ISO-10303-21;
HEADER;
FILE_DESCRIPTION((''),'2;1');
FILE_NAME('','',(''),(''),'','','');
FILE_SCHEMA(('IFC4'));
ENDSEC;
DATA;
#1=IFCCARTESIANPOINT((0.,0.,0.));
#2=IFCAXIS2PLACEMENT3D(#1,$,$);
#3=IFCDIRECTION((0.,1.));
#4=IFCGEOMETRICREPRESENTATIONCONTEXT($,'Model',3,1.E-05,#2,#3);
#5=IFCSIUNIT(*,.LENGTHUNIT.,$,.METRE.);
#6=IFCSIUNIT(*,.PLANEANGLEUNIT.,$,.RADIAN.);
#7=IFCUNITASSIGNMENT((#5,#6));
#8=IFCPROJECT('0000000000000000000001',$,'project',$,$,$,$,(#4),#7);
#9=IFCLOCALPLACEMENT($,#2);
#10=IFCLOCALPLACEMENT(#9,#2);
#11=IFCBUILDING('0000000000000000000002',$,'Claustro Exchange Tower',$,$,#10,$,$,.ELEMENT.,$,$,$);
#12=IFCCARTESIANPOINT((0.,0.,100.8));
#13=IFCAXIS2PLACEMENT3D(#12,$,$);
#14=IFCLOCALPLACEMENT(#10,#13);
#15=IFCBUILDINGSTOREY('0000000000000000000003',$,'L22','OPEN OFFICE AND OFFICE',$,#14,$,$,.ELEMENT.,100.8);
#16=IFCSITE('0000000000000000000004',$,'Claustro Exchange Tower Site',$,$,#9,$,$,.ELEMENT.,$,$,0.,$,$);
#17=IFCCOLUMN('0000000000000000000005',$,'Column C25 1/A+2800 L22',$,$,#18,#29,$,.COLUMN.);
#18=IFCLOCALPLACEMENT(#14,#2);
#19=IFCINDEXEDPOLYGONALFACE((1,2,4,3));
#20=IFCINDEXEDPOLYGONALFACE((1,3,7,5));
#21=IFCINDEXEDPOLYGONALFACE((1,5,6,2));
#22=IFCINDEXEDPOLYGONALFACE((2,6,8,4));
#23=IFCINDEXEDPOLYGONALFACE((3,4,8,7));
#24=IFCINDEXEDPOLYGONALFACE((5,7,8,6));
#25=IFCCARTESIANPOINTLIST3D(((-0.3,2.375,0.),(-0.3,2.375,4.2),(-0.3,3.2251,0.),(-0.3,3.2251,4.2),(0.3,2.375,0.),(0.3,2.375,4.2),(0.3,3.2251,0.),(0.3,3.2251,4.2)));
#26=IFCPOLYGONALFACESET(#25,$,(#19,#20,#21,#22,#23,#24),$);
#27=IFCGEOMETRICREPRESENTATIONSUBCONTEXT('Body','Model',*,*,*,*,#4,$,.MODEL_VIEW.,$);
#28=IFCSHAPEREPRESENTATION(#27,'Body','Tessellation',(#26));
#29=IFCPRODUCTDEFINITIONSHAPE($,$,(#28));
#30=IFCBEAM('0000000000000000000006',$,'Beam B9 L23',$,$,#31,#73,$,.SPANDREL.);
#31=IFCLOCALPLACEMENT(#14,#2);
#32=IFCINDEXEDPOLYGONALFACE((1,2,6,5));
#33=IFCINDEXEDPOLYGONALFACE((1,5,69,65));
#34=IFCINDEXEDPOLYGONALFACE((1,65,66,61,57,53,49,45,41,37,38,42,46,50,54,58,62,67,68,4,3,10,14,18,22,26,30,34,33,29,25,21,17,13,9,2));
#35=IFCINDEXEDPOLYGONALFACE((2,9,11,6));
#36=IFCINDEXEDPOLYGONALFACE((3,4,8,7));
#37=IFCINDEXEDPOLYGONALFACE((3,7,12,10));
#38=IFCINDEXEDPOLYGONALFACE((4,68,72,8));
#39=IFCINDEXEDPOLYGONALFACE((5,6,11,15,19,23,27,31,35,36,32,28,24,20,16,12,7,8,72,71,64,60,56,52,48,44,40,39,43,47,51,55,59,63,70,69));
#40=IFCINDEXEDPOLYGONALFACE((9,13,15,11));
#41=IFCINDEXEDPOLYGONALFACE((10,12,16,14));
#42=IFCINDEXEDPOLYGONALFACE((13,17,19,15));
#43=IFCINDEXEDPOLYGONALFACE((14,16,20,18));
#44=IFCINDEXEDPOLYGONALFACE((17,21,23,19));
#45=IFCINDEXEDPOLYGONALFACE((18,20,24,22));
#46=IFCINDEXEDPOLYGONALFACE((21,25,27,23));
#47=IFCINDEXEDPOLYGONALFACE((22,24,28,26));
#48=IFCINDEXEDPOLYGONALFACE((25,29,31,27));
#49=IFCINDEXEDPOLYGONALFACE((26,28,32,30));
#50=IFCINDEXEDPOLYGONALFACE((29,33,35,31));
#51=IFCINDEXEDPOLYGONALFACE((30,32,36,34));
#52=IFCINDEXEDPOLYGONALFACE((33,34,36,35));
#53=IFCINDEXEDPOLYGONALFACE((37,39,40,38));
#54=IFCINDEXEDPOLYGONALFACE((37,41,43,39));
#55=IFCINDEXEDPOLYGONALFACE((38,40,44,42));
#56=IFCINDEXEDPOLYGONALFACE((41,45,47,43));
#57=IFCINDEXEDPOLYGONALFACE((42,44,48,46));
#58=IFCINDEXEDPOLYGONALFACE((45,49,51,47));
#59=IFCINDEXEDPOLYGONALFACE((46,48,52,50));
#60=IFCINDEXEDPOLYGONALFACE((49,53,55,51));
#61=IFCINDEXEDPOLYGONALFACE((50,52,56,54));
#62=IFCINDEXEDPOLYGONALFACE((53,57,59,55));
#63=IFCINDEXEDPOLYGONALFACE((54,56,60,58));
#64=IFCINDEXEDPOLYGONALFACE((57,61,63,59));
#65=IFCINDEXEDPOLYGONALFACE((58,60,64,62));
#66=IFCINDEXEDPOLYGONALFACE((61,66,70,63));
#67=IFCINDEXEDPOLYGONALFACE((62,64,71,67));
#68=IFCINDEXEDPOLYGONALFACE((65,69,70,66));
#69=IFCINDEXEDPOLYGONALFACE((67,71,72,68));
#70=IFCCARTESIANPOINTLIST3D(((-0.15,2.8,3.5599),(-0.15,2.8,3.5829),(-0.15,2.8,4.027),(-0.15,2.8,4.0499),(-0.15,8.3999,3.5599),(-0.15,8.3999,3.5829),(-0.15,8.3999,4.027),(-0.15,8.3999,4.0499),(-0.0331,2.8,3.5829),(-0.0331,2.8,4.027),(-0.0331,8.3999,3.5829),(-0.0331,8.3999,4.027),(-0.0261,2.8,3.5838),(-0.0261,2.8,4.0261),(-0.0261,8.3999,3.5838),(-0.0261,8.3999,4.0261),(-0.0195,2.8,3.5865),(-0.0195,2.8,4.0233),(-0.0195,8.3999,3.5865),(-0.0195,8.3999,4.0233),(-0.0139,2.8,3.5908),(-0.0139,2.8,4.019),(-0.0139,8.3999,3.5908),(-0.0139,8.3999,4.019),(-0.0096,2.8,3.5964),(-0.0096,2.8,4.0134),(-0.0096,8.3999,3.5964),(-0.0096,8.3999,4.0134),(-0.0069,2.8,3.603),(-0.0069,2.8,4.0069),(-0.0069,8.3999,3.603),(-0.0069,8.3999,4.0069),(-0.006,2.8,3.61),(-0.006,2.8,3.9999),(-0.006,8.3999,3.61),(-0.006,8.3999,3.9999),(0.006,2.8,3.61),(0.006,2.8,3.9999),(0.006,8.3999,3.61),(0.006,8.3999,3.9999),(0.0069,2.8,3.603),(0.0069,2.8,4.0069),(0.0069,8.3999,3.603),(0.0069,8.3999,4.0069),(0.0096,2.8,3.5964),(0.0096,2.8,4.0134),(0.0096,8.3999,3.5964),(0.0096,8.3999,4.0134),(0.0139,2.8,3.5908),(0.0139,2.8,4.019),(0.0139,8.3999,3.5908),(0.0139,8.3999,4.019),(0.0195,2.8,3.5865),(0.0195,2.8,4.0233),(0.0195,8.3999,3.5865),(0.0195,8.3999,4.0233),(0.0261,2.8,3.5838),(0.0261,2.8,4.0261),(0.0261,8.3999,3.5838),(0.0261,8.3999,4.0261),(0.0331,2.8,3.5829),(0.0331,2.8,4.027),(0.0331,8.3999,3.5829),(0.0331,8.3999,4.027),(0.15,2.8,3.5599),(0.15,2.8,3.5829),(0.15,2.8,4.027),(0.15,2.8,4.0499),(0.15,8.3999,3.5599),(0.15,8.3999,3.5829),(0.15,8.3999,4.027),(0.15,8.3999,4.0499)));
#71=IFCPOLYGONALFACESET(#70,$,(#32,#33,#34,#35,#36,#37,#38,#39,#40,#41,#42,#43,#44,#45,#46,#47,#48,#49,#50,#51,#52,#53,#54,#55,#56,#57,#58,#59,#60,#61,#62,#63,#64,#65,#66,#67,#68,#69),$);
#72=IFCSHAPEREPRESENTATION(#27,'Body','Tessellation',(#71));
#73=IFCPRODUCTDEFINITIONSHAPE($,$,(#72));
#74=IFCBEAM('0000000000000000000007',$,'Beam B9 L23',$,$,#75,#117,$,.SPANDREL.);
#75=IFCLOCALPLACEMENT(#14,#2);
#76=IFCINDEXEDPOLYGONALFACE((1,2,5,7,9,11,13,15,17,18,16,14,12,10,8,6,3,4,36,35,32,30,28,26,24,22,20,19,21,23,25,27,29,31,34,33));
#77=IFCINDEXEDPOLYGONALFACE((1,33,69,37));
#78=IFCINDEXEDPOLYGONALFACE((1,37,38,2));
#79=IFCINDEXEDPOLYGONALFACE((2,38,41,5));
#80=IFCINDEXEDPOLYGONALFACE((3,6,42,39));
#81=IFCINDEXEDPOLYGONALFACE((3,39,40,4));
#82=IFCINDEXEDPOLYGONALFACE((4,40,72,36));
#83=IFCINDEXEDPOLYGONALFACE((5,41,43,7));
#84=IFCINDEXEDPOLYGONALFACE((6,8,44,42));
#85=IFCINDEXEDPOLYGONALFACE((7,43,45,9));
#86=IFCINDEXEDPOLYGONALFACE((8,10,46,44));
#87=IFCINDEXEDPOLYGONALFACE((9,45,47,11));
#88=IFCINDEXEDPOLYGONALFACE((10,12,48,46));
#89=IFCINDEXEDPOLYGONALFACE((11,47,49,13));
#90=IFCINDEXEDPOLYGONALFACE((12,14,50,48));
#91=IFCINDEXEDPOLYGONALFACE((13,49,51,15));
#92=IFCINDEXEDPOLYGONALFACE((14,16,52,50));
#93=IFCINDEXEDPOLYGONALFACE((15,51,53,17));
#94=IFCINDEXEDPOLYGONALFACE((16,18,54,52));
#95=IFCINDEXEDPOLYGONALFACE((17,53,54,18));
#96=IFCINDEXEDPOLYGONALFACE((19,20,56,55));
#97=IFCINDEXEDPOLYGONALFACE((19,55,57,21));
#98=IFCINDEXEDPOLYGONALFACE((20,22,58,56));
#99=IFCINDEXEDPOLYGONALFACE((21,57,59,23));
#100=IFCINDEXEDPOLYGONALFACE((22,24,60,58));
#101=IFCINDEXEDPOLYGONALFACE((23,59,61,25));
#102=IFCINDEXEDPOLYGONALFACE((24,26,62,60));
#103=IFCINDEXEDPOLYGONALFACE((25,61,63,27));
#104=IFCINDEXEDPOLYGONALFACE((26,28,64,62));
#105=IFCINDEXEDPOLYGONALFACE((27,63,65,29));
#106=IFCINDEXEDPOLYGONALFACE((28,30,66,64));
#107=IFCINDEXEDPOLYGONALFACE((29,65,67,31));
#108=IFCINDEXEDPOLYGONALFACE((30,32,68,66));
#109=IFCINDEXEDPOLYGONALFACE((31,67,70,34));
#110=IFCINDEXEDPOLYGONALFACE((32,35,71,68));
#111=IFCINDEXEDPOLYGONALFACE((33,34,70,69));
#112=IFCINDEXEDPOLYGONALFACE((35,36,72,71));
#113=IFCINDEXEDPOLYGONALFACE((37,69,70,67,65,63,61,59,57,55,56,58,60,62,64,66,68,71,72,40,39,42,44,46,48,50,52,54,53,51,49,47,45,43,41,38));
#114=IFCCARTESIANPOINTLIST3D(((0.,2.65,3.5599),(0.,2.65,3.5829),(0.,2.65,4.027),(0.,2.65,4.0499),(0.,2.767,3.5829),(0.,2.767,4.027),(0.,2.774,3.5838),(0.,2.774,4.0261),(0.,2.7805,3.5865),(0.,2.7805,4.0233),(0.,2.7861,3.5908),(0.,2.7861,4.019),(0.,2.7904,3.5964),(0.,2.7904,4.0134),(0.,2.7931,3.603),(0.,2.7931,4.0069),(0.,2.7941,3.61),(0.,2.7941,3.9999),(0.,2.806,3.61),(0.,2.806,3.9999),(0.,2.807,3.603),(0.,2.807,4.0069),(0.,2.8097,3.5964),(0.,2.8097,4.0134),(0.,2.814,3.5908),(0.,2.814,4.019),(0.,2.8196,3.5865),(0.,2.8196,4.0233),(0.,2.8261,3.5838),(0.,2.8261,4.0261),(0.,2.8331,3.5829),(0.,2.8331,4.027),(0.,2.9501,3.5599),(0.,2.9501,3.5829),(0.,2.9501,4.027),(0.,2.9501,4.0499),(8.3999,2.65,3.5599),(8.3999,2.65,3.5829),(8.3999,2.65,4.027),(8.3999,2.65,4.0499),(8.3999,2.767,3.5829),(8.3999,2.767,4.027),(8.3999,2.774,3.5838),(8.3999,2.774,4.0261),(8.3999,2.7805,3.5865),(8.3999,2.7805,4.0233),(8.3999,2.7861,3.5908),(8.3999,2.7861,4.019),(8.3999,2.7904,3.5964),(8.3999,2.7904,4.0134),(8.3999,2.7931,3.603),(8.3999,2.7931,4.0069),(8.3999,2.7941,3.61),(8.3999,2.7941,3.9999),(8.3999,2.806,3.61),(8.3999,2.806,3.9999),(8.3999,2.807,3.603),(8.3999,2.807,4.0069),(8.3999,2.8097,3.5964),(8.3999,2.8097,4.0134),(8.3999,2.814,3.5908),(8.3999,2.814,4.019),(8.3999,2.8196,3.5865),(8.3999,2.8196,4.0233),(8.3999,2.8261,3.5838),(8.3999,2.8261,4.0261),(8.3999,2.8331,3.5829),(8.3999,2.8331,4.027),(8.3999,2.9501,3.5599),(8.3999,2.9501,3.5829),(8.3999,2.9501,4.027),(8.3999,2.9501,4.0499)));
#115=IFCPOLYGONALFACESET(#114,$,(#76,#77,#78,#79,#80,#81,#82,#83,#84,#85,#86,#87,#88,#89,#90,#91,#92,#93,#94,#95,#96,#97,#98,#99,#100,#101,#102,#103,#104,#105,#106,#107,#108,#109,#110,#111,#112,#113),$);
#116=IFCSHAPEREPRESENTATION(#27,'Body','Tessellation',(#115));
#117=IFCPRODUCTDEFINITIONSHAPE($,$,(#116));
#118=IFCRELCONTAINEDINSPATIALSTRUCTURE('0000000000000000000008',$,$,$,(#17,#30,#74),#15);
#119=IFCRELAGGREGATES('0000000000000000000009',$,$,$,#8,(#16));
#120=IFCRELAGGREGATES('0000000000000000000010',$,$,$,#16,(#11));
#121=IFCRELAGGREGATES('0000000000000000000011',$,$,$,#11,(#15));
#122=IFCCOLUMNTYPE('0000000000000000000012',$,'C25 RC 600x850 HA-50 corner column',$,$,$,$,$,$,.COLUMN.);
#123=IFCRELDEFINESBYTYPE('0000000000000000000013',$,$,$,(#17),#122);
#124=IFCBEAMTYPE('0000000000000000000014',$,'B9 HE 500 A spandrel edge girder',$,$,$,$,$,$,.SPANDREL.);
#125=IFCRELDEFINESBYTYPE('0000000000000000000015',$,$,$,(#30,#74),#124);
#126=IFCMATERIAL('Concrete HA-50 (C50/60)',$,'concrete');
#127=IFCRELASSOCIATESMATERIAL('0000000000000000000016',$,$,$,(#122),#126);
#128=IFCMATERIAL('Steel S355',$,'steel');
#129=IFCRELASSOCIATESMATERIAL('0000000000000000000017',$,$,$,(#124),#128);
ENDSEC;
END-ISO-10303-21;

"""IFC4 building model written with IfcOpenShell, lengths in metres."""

from ifc_helpers import new_model, si_unit, direction, frame, origin, origin_2d, place, context, subcontext, project, spatial, rectangle, i_section, extrude, material, material_profile, profile_set, type_object, element, save


model = new_model("IFC4")

# Units and contexts
model_context = context("Model", 3, precision=1e-05, world=origin(), true_north=direction((0.0, 1.0)))
body_context = subcontext(model_context, "Body", "Model", "MODEL_VIEW")
ifc_project = project(units=[si_unit("LENGTHUNIT", "METRE"), si_unit("PLANEANGLEUNIT", "RADIAN")], contexts=[model_context])

# Site, building, storey
site_placement = place(None, origin())
site = spatial("IfcSite", under=ifc_project, at=site_placement, Name="Claustro Exchange Tower Site", CompositionType="ELEMENT", RefElevation=0.0)
building_placement = place(site_placement, origin())
building = spatial("IfcBuilding", under=site, at=building_placement, Name="Claustro Exchange Tower", CompositionType="ELEMENT")
storey_placement = place(building_placement, frame((0.0, 0.0, 100.8)))
storey = spatial("IfcBuildingStorey", under=building, at=storey_placement, Name="L22", Description="OPEN OFFICE AND OFFICE", CompositionType="ELEMENT", Elevation=100.8)

# Column
ifc_material_1 = material(Name="Concrete HA-50 (C50/60)", Category="concrete")
ifc_material_profile_1 = material_profile(ifc_material_1, rectangle(XDim=0.6001, YDim=0.8501, at=origin_2d()), Name="RC 600x850")
ifc_profile_set_1 = profile_set([ifc_material_profile_1], Name="Concrete HA-50 (C50/60)")
column_type = type_object("IfcColumnType", Name="C25 RC 600x850 HA-50 corner column", PredefinedType="COLUMN", material=ifc_profile_set_1)
column_placement = place(storey_placement, frame((0.0, 2.8, 0.0), z_axis=(0.0, 0.0, 1.0), x_axis=(1.0, 0.0, 0.0)))
element("IfcColumn", 1, at=column_placement, inside=storey, type_object=column_type, Name="Column C25 1/A+2800 L22", PredefinedType="COLUMN", context=body_context, shape_type="SweptSolid", body=[
    extrude(rectangle(XDim=0.6001, YDim=0.8501, at=origin_2d()), origin(), (0.0, 0.0, 1.0), 4.2),
])

# Beams
ifc_material_2 = material(Name="Steel S355", Category="steel")
ifc_material_profile_2 = material_profile(ifc_material_2, i_section(OverallWidth=0.3, OverallDepth=0.49, WebThickness=0.012, FlangeThickness=0.0229, FilletRadius=0.0271, at=origin_2d()), Name="HE 500 A")
ifc_profile_set_2 = profile_set([ifc_material_profile_2], Name="Steel S355")
beam_type = type_object("IfcBeamType", Name="B9 HE 500 A spandrel edge girder", PredefinedType="SPANDREL", material=ifc_profile_set_2)
beam_1_placement = place(storey_placement, frame((0.0, 2.8, 3.8049), z_axis=(0.0, 1.0, 0.0), x_axis=(-1.0, 0.0, 0.0)))
element("IfcBeam", 2, at=beam_1_placement, inside=storey, type_object=beam_type, Name="Beam B9 L23", PredefinedType="SPANDREL", context=body_context, shape_type="SweptSolid", body=[
    extrude(i_section(OverallWidth=0.3, OverallDepth=0.49, WebThickness=0.012, FlangeThickness=0.0229, FilletRadius=0.0271, at=origin_2d()), origin(), (0.0, 0.0, 1.0), 5.5999),
])
beam_2_placement = place(storey_placement, frame((0.0, 2.8, 3.8049), z_axis=(1.0, 0.0, 0.0), x_axis=(0.0, 1.0, 0.0)))
element("IfcBeam", 3, at=beam_2_placement, inside=storey, type_object=beam_type, Name="Beam B9 L23", PredefinedType="SPANDREL", context=body_context, shape_type="SweptSolid", body=[
    extrude(i_section(OverallWidth=0.3, OverallDepth=0.49, WebThickness=0.012, FlangeThickness=0.0229, FilletRadius=0.0271, at=origin_2d()), origin(), (0.0, 0.0, 1.0), 8.3999),
])

save(model, "model.ifc")
